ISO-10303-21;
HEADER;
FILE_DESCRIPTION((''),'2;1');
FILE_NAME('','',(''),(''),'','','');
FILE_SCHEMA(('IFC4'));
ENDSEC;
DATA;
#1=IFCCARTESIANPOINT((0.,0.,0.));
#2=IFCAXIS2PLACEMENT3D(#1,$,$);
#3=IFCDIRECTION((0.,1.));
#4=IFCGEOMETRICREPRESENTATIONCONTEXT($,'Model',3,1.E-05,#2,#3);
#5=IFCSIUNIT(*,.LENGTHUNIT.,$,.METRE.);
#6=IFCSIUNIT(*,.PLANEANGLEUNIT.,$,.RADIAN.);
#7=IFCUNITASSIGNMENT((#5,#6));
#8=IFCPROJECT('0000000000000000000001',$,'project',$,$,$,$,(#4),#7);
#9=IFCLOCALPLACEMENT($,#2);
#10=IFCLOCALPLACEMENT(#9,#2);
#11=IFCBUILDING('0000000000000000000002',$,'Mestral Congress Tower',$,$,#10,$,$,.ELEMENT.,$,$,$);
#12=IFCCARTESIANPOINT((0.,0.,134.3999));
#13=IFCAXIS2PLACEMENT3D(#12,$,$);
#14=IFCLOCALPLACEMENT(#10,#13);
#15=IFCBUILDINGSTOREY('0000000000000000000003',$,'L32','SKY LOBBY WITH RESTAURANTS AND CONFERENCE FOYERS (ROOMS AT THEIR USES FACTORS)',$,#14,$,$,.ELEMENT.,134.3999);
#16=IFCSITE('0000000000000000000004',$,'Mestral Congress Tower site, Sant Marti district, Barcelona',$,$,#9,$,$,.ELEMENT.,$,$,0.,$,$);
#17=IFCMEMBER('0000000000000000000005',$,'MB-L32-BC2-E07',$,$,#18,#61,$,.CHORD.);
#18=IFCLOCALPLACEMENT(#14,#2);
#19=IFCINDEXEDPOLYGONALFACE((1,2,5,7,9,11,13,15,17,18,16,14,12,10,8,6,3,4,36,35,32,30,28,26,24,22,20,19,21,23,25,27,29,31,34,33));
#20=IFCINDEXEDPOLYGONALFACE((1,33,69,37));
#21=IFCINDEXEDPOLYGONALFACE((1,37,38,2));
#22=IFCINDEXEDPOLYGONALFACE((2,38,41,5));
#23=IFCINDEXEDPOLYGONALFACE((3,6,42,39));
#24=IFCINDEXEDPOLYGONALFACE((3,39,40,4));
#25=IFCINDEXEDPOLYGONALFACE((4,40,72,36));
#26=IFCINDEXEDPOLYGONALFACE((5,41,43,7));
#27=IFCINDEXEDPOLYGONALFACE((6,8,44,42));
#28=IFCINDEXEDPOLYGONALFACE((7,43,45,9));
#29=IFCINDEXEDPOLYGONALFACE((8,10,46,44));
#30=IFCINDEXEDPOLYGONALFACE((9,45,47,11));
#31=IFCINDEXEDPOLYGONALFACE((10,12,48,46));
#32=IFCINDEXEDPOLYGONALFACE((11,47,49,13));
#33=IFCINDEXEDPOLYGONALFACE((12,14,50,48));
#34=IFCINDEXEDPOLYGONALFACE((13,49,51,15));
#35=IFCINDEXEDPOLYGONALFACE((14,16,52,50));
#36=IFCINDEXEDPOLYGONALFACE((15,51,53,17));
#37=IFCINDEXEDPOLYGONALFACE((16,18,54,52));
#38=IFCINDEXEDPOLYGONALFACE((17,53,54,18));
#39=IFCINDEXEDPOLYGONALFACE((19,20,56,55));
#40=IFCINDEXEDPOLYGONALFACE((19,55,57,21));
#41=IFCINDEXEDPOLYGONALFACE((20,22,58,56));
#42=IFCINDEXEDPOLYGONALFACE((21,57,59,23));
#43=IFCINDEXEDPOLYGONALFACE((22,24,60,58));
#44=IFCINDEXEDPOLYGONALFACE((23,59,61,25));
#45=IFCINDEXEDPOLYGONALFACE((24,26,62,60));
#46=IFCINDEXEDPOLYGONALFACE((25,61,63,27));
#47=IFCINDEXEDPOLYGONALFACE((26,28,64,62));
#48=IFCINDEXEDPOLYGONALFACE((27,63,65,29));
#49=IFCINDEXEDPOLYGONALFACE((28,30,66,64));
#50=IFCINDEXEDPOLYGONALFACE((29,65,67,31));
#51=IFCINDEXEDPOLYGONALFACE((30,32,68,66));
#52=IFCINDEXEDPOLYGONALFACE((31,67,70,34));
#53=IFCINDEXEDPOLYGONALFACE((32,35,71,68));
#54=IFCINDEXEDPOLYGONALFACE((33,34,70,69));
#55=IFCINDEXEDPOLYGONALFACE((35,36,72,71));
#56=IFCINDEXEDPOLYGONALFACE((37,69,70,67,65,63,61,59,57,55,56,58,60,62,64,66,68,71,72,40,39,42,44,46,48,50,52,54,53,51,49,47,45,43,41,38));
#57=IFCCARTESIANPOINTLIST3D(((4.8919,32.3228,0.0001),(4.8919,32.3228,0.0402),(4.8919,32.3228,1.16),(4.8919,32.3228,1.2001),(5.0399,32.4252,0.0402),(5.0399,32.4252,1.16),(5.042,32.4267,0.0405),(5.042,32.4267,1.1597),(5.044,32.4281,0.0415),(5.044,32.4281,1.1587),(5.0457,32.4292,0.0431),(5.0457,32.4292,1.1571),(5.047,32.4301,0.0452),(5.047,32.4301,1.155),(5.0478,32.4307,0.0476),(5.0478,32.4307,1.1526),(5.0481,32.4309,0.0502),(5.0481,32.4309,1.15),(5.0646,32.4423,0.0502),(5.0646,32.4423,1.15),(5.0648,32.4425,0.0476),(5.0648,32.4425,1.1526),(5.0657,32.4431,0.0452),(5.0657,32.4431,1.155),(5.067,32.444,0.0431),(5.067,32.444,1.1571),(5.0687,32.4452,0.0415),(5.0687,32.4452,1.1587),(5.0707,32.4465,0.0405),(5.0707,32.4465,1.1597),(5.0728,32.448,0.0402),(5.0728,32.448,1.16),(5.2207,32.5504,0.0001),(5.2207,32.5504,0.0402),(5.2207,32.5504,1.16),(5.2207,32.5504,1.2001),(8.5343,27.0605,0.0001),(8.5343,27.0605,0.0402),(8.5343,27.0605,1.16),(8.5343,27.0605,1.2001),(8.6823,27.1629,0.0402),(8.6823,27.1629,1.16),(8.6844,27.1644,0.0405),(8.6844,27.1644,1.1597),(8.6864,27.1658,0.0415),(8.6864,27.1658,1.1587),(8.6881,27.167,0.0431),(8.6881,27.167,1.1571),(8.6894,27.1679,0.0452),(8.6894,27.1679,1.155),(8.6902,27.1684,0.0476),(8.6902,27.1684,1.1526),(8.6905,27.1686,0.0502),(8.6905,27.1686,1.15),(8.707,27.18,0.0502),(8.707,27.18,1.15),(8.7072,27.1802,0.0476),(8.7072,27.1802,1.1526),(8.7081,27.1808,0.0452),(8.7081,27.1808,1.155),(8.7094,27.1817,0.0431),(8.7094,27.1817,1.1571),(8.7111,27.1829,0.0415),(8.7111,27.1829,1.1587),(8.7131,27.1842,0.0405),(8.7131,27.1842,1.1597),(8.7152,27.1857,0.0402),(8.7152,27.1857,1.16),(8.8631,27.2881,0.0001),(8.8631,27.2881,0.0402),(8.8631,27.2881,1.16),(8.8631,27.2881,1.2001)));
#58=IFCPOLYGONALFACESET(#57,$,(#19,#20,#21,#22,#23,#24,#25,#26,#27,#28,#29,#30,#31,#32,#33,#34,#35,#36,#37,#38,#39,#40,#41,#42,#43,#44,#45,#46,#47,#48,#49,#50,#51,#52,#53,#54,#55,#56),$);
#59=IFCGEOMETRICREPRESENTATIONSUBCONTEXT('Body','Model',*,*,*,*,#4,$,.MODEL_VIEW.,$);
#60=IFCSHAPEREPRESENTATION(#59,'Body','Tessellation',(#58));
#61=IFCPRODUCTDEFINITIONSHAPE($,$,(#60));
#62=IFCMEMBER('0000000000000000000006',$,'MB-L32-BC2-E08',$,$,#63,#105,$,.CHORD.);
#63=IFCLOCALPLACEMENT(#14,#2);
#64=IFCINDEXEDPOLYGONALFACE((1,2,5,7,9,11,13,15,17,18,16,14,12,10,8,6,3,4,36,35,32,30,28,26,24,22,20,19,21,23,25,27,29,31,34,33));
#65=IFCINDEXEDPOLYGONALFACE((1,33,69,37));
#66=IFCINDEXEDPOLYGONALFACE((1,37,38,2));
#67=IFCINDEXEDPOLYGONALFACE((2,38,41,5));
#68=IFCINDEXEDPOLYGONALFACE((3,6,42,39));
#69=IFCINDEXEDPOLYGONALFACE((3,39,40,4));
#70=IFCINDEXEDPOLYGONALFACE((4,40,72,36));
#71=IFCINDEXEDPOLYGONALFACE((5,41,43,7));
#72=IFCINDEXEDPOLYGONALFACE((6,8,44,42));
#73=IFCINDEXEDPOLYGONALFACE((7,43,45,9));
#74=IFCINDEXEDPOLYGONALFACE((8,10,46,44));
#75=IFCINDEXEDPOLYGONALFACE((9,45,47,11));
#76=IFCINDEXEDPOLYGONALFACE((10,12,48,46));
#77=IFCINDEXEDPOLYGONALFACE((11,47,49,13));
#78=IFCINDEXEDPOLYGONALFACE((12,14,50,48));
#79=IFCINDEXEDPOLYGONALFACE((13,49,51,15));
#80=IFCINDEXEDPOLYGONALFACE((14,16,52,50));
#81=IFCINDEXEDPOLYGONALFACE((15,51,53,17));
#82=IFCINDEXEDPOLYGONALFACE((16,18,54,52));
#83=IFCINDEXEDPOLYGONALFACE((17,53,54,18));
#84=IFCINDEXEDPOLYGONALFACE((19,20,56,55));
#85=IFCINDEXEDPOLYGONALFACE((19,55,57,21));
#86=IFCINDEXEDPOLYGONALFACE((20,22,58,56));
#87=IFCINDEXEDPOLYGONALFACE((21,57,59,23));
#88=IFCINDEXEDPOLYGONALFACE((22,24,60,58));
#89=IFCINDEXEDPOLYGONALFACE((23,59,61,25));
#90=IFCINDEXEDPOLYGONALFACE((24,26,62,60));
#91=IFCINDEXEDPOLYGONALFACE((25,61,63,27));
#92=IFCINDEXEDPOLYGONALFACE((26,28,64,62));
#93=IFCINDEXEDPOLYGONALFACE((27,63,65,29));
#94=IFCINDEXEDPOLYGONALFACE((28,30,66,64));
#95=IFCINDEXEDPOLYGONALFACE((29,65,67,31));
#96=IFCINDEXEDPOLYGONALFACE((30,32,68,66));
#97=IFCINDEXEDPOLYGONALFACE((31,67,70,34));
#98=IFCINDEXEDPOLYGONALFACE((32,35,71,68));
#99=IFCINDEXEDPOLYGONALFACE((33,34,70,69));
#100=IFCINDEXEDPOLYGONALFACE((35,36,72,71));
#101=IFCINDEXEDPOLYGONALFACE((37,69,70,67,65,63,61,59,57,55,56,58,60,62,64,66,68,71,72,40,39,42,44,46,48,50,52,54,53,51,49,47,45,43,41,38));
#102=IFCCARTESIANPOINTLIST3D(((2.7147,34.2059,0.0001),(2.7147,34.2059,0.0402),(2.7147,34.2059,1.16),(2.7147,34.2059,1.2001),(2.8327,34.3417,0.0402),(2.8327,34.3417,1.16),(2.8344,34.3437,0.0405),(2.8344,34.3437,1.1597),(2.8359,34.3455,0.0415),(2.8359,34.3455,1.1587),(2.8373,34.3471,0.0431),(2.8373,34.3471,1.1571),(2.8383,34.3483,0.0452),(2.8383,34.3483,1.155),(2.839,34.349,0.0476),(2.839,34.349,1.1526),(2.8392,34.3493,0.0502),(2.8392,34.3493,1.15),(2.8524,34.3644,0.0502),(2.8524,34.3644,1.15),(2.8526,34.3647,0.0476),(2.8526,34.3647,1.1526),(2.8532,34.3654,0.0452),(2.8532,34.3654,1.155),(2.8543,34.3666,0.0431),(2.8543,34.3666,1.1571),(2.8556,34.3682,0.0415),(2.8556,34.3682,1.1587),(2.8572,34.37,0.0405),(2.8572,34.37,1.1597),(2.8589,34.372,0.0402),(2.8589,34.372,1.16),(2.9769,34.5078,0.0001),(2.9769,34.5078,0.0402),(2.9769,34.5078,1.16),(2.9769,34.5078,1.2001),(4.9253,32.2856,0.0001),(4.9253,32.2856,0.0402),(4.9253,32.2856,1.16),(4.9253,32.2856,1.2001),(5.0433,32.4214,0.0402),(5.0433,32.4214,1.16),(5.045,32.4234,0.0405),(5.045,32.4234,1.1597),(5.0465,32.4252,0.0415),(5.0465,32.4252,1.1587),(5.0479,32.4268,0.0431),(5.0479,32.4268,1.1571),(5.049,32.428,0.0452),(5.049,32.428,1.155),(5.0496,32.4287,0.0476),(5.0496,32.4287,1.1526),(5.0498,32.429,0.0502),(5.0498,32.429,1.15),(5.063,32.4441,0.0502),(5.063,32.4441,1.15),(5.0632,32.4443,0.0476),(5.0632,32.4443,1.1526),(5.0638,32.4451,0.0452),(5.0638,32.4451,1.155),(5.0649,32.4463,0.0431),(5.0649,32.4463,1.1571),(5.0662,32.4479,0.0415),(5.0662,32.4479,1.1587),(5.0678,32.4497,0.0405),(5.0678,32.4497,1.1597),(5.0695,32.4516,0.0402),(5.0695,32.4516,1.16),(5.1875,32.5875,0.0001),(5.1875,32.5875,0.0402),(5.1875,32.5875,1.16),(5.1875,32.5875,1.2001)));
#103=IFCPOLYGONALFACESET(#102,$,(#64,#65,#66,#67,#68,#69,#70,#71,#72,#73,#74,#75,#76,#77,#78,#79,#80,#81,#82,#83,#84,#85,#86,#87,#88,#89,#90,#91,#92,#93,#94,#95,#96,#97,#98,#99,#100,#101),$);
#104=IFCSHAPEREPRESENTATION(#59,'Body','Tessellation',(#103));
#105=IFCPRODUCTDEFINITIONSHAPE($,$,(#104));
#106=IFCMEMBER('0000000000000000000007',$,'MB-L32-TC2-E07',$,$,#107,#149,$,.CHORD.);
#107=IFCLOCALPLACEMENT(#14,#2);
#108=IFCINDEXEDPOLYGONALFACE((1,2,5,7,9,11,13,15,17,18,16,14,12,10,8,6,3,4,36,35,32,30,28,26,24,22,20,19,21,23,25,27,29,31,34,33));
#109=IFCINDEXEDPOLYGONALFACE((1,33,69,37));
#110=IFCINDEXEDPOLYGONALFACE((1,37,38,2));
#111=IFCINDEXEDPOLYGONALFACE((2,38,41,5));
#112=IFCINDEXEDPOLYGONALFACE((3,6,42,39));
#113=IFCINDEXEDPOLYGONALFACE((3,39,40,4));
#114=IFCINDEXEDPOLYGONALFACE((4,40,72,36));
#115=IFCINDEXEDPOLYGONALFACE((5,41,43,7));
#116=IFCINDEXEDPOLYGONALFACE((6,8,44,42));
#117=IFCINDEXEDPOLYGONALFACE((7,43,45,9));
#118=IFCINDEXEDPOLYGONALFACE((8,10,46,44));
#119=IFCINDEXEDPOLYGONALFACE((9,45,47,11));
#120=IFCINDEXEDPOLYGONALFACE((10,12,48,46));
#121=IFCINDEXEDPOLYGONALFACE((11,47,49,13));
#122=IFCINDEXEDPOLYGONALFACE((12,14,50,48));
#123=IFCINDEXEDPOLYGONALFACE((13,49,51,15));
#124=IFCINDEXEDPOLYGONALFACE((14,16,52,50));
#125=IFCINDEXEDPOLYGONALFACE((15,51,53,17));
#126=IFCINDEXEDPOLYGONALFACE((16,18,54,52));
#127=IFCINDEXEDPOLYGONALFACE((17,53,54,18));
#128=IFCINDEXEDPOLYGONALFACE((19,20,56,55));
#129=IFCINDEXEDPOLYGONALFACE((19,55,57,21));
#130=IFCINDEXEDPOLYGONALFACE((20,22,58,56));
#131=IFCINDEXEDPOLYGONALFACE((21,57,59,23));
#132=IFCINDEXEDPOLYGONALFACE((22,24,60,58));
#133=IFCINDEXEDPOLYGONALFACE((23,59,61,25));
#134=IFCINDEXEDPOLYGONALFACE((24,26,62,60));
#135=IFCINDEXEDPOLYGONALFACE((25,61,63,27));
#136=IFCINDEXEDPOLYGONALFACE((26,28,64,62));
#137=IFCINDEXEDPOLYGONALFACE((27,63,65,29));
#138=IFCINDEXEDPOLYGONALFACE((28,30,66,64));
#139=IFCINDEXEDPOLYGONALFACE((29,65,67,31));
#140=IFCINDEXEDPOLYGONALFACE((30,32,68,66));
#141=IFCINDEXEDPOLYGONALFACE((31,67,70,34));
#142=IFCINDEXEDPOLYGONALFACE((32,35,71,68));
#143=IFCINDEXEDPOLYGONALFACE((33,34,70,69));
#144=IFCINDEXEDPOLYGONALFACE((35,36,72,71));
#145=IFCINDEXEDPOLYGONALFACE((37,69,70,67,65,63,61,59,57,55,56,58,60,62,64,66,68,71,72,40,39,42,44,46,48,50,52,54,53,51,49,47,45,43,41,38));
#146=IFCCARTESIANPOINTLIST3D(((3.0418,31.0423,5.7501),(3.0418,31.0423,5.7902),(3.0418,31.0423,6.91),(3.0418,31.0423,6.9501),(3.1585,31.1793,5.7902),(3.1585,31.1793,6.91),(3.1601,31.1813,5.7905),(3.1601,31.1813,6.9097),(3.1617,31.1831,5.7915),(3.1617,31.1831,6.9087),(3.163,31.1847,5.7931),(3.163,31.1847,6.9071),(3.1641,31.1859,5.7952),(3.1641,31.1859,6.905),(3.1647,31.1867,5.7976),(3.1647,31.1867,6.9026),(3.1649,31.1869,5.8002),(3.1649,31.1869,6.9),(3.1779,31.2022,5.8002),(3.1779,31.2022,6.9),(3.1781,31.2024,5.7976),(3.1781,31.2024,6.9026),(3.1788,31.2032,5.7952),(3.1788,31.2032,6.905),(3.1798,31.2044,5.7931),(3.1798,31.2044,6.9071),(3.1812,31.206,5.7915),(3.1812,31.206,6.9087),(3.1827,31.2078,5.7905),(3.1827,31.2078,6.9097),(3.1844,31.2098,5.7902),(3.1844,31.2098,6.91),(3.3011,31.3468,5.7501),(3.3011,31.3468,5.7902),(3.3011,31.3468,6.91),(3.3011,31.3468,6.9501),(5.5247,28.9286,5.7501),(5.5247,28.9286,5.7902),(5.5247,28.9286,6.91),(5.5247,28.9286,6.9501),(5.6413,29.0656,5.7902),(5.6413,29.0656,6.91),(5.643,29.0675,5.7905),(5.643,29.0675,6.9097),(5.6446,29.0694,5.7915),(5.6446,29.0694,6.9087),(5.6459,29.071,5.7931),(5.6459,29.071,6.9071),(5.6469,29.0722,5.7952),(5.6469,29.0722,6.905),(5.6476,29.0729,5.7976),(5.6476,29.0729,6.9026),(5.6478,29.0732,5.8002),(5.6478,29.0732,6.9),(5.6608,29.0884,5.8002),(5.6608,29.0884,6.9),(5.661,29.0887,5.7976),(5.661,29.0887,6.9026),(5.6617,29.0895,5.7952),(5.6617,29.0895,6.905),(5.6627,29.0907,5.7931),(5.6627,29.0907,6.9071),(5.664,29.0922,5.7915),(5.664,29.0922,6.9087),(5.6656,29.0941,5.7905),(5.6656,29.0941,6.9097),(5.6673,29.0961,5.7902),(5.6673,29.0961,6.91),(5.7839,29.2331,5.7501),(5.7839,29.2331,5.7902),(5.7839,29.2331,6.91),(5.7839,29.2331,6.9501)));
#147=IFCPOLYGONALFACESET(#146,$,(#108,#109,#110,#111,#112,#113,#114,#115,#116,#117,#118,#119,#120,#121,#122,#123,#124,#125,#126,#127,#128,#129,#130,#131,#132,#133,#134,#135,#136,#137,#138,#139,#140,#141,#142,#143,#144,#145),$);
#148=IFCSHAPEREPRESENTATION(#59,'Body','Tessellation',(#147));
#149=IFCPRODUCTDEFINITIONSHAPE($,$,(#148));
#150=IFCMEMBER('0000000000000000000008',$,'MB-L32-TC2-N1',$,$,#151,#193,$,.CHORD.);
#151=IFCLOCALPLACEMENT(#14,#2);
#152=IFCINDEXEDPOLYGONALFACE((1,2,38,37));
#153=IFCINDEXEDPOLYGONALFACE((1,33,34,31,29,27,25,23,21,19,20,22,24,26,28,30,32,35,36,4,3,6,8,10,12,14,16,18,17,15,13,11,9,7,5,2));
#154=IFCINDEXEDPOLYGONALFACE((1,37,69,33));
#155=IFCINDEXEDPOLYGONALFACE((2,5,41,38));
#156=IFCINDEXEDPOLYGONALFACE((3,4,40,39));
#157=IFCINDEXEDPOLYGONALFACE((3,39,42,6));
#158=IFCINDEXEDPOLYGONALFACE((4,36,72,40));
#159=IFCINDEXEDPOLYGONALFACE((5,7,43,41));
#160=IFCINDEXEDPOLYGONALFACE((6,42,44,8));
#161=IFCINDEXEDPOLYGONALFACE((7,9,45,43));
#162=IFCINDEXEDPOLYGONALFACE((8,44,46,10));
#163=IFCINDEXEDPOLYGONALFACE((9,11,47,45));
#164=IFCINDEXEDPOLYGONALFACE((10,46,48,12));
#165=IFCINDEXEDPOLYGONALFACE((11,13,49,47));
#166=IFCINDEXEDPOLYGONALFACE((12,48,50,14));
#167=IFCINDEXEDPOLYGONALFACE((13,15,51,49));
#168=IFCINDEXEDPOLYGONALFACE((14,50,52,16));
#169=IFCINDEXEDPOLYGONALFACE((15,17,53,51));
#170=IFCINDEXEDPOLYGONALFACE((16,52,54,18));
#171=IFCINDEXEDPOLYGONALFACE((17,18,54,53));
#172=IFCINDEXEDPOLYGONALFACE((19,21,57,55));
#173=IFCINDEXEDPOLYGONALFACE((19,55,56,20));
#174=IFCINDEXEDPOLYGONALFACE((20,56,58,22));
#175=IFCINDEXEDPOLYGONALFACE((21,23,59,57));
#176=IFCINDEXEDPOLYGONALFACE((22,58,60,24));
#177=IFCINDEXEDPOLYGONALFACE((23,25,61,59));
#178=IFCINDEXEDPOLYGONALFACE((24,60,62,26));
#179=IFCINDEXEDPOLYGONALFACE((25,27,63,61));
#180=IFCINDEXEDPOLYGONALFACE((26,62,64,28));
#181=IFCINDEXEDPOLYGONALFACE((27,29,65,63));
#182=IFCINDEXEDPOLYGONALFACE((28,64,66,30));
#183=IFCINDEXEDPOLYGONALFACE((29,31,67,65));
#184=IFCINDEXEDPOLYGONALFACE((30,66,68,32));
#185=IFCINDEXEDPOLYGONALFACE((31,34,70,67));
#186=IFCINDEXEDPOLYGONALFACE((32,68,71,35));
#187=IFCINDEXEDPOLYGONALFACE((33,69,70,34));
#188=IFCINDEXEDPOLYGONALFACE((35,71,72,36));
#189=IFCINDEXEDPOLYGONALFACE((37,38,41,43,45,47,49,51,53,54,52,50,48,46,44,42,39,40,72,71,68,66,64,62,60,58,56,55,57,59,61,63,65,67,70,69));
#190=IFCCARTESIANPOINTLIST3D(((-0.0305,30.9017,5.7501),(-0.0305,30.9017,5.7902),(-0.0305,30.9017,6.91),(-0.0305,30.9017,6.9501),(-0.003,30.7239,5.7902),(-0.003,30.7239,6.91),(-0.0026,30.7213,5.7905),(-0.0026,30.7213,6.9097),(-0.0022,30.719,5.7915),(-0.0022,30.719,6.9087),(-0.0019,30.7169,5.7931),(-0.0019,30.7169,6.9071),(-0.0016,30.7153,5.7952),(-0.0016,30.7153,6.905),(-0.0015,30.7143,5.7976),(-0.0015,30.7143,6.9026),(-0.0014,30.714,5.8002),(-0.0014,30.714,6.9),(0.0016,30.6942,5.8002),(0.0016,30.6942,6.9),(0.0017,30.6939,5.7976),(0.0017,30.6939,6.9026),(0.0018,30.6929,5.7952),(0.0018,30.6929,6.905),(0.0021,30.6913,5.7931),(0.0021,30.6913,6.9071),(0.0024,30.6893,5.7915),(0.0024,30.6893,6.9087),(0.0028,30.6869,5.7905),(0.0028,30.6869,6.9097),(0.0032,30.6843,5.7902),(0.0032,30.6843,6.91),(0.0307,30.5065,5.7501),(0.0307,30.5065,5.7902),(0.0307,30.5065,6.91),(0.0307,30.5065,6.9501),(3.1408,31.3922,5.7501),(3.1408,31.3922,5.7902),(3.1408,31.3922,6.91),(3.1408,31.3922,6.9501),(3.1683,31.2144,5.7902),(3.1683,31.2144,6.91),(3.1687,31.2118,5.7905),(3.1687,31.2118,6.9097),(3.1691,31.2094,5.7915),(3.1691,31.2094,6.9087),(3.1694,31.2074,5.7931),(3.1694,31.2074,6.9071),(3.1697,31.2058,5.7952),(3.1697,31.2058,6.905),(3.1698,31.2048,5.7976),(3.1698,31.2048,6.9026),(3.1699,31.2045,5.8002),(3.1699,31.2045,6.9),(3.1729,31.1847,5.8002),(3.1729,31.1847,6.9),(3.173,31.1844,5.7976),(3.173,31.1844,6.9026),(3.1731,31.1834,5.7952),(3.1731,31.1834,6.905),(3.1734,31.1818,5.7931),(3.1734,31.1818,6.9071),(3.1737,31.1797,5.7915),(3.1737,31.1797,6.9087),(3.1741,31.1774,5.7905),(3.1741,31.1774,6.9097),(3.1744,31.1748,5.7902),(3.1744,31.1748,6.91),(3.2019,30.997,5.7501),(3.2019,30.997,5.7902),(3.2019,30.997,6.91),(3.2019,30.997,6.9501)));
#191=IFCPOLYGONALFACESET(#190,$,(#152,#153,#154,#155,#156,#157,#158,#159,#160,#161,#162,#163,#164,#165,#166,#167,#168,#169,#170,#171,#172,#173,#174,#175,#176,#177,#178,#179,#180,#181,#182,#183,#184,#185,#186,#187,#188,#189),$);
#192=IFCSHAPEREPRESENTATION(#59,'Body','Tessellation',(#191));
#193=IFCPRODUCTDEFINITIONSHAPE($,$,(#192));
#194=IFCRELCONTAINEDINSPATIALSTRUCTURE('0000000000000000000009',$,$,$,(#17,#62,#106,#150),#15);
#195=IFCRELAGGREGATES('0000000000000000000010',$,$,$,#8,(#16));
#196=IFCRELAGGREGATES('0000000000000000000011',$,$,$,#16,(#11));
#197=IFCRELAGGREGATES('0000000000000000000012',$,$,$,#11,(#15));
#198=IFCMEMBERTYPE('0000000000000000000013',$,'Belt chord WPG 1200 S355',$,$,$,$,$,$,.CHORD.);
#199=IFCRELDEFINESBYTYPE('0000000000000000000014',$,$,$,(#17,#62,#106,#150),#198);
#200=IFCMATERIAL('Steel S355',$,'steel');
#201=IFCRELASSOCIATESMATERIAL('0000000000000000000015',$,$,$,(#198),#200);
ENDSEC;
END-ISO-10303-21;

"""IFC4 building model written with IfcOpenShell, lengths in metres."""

from ifc_helpers import new_model, si_unit, direction, frame, origin, origin_2d, place, context, subcontext, project, spatial, i_section, extrude, material, material_profile, profile_set, type_object, element, save


model = new_model("IFC4")

# Units and contexts
model_context = context("Model", 3, precision=1e-05, world=origin(), true_north=direction((0.0, 1.0)))
body_context = subcontext(model_context, "Body", "Model", "MODEL_VIEW")
ifc_project = project(units=[si_unit("LENGTHUNIT", "METRE"), si_unit("PLANEANGLEUNIT", "RADIAN")], contexts=[model_context])

# Site, building, storey
site_placement = place(None, origin())
site = spatial("IfcSite", under=ifc_project, at=site_placement, Name="Mestral Congress Tower site, Sant Marti district, Barcelona", CompositionType="ELEMENT", RefElevation=0.0)
building_placement = place(site_placement, origin())
building = spatial("IfcBuilding", under=site, at=building_placement, Name="Mestral Congress Tower", CompositionType="ELEMENT")
storey_placement = place(building_placement, frame((0.0, 0.0, 134.3999)))
storey = spatial("IfcBuildingStorey", under=building, at=storey_placement, Name="L32", Description="SKY LOBBY WITH RESTAURANTS AND CONFERENCE FOYERS (ROOMS AT THEIR USES FACTORS)", CompositionType="ELEMENT", Elevation=134.3999)

# Members
ifc_material_1 = material(Name="Steel S355", Category="steel")
ifc_material_profile_1 = material_profile(ifc_material_1, i_section(OverallWidth=0.3999, OverallDepth=1.2, WebThickness=0.02, FlangeThickness=0.04, FilletRadius=0.01, at=origin_2d()), Name="WPG 1200")
ifc_profile_set_1 = profile_set([ifc_material_profile_1], Name="Steel S355")
member_type_1 = type_object("IfcMemberType", Name="Belt chord WPG 1200 S355", PredefinedType="CHORD", material=ifc_profile_set_1)
member_1_placement = place(storey_placement, frame((8.6987, 27.1743, 0.6001), z_axis=(-0.569133, 0.822246, 0.0), x_axis=(-0.822246, -0.569133, 0.0)))
element("IfcMember", 1, at=member_1_placement, inside=storey, type_object=member_type_1, Name="MB-L32-BC2-E07", PredefinedType="CHORD", context=body_context, shape_type="SweptSolid", body=[
    extrude(i_section(OverallWidth=0.3999, OverallDepth=1.2, WebThickness=0.02, FlangeThickness=0.04, FilletRadius=0.01, at=origin_2d()), origin(), (0.0, 0.0, 1.0), 6.3999),
])
member_2_placement = place(storey_placement, frame((5.0564, 32.4365, 0.6001), z_axis=(-0.754932, 0.655803, 0.0), x_axis=(-0.655803, -0.754932, 0.0)))
element("IfcMember", 2, at=member_2_placement, inside=storey, type_object=member_type_1, Name="MB-L32-BC2-E08", PredefinedType="CHORD", context=body_context, shape_type="SweptSolid", body=[
    extrude(i_section(OverallWidth=0.3999, OverallDepth=1.2, WebThickness=0.02, FlangeThickness=0.04, FilletRadius=0.01, at=origin_2d()), origin(), (0.0, 0.0, 1.0), 2.9282),
])
member_3_placement = place(storey_placement, frame((5.6543, 29.0808, 6.3501), z_axis=(-0.76144, 0.648235, 0.0), x_axis=(-0.648235, -0.76144, 0.0)))
element("IfcMember", 3, at=member_3_placement, inside=storey, type_object=member_type_1, Name="MB-L32-TC2-E07", PredefinedType="CHORD", context=body_context, shape_type="SweptSolid", body=[
    extrude(i_section(OverallWidth=0.3999, OverallDepth=1.2, WebThickness=0.02, FlangeThickness=0.04, FilletRadius=0.01, at=origin_2d()), origin(), (0.0, 0.0, 1.0), 3.2607),
])
member_4_placement = place(storey_placement, frame((3.1714, 31.1946, 6.3501), z_axis=(-0.988251, -0.15284, 0.0), x_axis=(0.15284, -0.988251, 0.0)))
element("IfcMember", 4, at=member_4_placement, inside=storey, type_object=member_type_1, Name="MB-L32-TC2-N1", PredefinedType="CHORD", context=body_context, shape_type="SweptSolid", body=[
    extrude(i_section(OverallWidth=0.3999, OverallDepth=1.2, WebThickness=0.02, FlangeThickness=0.04, FilletRadius=0.01, at=origin_2d()), origin(), (0.0, 0.0, 1.0), 3.209),
])

save(model, "model.ifc")
